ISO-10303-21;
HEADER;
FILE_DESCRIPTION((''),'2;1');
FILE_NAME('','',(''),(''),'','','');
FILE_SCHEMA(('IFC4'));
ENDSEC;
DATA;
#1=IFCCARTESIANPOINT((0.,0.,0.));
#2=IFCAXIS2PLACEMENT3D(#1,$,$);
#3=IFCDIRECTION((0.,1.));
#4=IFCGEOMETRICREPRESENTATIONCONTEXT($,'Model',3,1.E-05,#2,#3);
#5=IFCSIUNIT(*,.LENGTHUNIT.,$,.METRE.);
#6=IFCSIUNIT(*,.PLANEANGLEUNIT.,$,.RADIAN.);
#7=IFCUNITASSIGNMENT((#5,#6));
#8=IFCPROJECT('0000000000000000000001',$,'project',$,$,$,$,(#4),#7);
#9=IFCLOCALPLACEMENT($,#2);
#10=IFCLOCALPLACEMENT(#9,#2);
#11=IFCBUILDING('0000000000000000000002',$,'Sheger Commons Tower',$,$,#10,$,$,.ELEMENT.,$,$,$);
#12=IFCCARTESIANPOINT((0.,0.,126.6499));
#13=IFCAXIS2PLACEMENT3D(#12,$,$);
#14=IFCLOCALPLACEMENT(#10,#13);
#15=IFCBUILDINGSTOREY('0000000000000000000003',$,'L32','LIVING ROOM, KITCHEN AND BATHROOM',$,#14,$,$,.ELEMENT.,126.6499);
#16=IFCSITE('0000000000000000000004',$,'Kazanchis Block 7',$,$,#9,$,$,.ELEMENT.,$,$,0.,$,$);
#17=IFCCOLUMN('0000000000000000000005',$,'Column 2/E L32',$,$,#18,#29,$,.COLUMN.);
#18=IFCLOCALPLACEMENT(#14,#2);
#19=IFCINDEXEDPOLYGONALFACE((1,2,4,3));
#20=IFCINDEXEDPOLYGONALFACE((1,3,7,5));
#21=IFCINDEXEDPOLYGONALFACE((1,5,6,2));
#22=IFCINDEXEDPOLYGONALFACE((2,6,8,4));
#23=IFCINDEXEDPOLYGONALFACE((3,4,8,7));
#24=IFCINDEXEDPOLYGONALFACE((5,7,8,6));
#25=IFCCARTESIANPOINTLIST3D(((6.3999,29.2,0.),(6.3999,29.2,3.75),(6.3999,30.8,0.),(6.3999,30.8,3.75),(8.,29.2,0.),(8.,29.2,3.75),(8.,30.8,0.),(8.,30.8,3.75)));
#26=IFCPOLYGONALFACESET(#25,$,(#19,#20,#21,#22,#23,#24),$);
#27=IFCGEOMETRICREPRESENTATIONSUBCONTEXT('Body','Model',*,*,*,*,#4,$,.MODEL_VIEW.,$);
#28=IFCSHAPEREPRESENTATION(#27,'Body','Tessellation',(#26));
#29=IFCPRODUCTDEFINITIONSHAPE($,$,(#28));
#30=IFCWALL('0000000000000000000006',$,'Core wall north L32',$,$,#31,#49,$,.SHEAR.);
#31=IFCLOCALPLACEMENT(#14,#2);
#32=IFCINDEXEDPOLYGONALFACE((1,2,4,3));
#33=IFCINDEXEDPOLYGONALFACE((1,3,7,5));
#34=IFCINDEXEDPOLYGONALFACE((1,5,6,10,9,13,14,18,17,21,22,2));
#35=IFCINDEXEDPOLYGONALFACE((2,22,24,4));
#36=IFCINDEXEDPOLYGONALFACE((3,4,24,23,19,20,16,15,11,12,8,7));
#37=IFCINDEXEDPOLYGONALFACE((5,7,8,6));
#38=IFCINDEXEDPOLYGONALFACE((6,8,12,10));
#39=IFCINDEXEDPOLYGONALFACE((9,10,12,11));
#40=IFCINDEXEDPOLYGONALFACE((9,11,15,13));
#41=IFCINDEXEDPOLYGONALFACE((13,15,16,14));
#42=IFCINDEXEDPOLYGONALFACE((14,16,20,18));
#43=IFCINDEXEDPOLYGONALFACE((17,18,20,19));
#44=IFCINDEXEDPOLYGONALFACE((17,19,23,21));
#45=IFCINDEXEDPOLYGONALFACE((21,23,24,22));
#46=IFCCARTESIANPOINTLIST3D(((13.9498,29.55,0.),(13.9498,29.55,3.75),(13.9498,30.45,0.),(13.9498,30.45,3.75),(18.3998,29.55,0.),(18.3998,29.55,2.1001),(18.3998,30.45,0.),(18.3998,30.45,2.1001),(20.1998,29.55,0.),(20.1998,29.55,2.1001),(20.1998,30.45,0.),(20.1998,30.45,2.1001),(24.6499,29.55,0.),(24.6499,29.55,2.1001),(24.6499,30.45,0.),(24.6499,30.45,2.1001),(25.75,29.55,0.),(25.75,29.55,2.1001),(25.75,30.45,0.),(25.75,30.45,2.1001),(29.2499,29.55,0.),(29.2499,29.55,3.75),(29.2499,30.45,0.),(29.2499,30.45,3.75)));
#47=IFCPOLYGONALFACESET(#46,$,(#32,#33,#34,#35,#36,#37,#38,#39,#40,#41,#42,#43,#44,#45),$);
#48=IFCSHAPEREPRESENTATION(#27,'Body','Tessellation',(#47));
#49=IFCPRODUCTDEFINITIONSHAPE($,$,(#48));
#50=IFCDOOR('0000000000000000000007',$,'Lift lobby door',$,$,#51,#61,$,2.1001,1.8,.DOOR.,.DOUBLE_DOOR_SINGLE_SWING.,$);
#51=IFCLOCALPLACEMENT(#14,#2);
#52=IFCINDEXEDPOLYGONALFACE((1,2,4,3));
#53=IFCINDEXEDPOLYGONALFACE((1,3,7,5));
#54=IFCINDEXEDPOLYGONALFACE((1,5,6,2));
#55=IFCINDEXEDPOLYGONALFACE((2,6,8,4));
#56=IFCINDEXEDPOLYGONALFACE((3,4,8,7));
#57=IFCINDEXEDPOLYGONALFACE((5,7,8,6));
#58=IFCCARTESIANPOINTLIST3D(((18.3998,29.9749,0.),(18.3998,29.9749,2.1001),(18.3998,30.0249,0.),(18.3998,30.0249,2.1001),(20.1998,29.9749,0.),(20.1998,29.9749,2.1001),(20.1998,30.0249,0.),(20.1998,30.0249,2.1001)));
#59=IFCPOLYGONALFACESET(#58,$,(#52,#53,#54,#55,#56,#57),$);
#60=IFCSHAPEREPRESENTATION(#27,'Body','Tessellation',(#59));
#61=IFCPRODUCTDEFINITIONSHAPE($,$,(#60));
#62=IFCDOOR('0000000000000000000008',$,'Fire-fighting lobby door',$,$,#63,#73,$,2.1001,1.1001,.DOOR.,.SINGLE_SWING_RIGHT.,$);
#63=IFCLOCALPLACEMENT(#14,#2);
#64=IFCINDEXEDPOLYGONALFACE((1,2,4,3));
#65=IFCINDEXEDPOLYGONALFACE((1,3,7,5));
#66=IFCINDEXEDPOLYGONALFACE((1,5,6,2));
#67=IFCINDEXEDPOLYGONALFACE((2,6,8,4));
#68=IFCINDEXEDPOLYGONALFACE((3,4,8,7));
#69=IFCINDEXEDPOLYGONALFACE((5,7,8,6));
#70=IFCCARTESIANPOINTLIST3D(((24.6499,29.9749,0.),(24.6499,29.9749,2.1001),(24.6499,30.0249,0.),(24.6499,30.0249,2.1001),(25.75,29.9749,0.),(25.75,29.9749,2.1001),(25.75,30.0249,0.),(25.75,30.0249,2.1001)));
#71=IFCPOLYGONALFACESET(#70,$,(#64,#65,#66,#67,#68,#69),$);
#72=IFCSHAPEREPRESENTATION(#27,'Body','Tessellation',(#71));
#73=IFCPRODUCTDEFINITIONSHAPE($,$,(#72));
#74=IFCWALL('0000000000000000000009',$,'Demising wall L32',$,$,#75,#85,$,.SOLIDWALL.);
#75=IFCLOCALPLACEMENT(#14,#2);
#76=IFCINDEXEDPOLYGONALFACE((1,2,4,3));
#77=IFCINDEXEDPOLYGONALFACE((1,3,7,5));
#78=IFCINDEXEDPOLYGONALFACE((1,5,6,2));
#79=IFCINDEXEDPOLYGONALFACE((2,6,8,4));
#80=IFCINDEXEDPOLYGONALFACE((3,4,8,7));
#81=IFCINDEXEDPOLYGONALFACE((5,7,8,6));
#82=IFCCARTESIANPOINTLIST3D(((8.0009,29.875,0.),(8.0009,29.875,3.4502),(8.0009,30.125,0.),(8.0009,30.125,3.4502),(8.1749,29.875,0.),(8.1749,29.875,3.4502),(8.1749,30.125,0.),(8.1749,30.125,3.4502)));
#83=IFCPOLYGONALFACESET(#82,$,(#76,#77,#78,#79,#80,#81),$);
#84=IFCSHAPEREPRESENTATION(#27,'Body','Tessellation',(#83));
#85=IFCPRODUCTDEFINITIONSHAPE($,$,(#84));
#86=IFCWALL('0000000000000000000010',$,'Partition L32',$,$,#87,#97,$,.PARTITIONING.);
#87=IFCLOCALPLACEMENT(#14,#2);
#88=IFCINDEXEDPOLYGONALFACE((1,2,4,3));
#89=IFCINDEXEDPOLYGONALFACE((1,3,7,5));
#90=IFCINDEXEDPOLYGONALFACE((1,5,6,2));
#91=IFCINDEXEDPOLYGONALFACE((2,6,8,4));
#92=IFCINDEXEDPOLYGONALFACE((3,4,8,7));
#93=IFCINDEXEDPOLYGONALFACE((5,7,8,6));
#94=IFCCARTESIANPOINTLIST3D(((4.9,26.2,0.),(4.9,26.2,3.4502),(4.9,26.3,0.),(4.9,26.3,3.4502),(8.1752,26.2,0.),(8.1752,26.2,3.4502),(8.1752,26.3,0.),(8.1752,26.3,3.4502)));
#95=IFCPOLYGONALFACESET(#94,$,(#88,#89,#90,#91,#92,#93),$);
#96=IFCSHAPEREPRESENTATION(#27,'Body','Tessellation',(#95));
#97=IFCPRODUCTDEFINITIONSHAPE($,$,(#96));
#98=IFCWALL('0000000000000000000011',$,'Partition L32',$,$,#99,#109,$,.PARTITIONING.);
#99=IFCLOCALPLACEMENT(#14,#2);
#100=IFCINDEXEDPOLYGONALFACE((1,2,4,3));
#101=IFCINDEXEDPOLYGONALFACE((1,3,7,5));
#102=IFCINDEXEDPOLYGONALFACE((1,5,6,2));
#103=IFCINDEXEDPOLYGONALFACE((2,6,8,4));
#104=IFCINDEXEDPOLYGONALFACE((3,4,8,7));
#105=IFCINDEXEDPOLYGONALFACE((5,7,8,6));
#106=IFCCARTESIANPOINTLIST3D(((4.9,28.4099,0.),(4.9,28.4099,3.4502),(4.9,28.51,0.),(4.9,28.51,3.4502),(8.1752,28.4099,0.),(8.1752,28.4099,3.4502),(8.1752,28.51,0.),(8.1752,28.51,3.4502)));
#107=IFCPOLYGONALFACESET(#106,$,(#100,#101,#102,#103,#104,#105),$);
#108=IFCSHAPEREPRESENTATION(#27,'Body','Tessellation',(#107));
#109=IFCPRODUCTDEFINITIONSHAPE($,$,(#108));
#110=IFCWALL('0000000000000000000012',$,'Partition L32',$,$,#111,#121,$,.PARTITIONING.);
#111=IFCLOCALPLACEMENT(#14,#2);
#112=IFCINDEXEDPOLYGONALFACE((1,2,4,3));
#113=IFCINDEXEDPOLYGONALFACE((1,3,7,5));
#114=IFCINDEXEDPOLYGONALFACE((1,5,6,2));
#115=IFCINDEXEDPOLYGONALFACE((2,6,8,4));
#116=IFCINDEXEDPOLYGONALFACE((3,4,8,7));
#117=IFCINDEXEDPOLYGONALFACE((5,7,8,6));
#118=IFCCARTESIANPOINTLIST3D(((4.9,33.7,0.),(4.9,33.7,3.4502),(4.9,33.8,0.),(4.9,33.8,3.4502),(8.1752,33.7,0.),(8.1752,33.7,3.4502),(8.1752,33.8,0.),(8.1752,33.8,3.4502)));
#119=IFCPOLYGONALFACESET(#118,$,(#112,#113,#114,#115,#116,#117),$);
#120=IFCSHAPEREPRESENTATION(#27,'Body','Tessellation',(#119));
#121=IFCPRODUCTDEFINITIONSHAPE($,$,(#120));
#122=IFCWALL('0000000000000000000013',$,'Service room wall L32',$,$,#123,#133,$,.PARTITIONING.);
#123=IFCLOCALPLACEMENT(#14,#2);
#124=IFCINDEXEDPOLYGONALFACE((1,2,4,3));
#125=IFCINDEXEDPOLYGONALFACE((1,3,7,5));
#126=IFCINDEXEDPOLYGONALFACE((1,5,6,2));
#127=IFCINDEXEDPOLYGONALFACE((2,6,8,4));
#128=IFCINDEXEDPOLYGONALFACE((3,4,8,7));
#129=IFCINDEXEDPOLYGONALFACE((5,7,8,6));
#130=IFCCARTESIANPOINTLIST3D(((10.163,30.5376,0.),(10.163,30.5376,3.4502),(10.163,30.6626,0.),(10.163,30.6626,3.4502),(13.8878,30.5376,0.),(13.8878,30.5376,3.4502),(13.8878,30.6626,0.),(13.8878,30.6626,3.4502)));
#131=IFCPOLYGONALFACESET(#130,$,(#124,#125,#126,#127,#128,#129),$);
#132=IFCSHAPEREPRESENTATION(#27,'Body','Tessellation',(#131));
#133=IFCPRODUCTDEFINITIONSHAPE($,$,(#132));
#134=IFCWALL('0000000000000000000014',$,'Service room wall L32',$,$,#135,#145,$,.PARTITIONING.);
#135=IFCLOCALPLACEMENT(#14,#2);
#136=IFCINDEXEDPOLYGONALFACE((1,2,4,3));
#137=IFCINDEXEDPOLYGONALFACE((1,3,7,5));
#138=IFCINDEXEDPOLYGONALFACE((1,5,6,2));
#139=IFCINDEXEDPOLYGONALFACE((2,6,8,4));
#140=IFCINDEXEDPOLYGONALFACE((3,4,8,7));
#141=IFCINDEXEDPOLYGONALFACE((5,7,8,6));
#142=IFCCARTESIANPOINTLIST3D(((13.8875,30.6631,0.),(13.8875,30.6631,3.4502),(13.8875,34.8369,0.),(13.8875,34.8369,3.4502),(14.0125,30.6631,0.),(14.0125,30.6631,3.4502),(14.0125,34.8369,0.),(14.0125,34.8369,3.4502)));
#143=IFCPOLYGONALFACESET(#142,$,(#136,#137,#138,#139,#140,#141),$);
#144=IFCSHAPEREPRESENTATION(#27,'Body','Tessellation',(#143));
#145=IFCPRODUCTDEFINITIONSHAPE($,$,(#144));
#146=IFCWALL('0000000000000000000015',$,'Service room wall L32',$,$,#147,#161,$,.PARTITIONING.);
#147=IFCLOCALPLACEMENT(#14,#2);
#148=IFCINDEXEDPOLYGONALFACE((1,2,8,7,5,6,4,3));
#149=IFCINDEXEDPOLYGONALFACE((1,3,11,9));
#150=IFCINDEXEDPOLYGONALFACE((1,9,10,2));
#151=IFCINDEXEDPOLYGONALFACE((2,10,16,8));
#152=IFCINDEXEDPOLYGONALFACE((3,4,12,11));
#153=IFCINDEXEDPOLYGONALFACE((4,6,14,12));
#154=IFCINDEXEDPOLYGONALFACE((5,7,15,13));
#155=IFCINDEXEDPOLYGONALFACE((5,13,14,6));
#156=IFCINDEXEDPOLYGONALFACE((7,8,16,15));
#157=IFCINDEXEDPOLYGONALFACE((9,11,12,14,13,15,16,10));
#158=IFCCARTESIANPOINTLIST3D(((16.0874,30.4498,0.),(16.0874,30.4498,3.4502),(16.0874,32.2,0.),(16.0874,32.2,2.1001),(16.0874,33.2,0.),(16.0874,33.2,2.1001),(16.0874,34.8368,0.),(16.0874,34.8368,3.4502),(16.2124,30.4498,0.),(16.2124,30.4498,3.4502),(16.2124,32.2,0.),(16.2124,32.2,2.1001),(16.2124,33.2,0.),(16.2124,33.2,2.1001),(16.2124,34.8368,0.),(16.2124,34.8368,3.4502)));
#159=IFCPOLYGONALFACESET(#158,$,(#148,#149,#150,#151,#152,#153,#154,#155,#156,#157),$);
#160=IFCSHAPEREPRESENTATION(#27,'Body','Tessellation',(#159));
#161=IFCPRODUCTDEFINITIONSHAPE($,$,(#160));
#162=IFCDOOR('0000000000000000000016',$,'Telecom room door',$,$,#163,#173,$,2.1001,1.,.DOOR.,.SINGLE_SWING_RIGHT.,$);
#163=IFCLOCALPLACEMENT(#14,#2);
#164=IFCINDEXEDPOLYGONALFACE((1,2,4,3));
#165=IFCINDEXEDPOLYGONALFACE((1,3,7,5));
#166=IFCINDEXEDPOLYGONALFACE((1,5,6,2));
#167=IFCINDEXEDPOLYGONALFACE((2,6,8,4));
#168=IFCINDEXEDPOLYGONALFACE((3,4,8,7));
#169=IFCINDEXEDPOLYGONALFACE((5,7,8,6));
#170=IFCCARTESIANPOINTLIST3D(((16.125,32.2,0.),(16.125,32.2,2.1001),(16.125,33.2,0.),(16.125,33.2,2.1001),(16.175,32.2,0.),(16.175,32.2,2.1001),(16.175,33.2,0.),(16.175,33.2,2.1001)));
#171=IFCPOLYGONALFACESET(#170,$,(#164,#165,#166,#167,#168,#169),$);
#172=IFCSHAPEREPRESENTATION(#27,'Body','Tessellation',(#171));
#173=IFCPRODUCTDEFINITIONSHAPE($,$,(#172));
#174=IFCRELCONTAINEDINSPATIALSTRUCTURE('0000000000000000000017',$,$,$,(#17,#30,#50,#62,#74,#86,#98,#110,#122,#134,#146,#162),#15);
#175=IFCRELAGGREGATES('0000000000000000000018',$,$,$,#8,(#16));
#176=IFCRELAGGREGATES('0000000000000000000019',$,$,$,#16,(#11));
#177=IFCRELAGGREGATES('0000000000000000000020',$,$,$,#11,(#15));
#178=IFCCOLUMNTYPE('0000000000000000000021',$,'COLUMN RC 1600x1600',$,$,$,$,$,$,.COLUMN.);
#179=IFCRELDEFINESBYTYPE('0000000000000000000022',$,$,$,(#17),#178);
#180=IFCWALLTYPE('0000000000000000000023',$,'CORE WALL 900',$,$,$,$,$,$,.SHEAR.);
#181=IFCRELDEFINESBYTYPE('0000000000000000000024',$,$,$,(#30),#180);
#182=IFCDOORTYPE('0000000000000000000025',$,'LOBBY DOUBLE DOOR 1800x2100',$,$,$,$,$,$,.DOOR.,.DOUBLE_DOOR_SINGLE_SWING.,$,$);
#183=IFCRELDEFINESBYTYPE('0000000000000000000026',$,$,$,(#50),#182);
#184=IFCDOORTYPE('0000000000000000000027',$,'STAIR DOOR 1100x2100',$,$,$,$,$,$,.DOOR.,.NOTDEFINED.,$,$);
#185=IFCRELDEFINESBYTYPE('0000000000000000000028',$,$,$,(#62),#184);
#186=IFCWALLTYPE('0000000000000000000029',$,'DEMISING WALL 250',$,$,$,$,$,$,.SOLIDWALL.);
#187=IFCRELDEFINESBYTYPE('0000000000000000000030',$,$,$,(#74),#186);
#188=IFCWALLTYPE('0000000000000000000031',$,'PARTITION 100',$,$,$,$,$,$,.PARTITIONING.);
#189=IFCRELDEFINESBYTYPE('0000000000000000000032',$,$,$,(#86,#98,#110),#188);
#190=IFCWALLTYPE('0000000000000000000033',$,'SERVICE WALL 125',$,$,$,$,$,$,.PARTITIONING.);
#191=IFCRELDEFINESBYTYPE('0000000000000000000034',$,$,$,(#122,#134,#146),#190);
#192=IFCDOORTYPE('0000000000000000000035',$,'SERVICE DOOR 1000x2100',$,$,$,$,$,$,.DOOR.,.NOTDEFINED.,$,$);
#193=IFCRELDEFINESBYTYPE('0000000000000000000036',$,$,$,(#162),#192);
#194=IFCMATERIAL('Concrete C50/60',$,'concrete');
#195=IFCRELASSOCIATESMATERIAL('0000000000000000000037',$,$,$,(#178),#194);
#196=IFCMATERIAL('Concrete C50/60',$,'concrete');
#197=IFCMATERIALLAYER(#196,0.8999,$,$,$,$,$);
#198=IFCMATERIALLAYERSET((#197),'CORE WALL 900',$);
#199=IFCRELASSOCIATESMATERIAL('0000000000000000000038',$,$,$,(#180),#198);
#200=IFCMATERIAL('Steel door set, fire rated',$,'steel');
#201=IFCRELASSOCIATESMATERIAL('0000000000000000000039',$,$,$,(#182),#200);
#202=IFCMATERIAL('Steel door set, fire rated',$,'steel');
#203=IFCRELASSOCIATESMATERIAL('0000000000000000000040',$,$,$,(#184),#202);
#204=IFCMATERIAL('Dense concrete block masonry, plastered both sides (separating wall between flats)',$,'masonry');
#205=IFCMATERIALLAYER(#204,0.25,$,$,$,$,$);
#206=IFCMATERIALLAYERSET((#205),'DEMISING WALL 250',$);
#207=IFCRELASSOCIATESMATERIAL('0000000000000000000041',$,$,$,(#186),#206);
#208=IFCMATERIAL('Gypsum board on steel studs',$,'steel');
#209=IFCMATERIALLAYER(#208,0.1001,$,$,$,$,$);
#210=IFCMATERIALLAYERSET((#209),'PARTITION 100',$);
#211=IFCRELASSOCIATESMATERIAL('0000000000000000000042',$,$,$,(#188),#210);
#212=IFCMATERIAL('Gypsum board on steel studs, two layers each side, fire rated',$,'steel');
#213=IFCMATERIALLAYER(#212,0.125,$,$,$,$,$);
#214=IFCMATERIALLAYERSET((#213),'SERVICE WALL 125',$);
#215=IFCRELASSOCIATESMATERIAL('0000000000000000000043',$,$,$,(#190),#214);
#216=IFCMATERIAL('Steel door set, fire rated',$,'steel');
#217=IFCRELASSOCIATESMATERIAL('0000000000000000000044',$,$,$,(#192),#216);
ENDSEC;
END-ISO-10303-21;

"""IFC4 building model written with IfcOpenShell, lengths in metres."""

from ifc_helpers import new_model, si_unit, direction, frame, frame_2d, origin, origin_2d, place, context, subcontext, project, spatial, rectangle, extrude, material, layer, layer_set, material_profile, profile_set, type_object, element, fill, save


model = new_model("IFC4")

# Units and contexts
model_context = context("Model", 3, precision=1e-05, world=origin(), true_north=direction((0.0, 1.0)))
body_context = subcontext(model_context, "Body", "Model", "MODEL_VIEW")
ifc_project = project(units=[si_unit("LENGTHUNIT", "METRE"), si_unit("PLANEANGLEUNIT", "RADIAN")], contexts=[model_context])

# Site, building, storey
site_placement = place(None, origin())
site = spatial("IfcSite", under=ifc_project, at=site_placement, Name="Kazanchis Block 7", CompositionType="ELEMENT", RefElevation=0.0)
building_placement = place(site_placement, origin())
building = spatial("IfcBuilding", under=site, at=building_placement, Name="Sheger Commons Tower", CompositionType="ELEMENT")
storey_placement = place(building_placement, frame((0.0, 0.0, 126.6499)))
storey = spatial("IfcBuildingStorey", under=building, at=storey_placement, Name="L32", Description="LIVING ROOM, KITCHEN AND BATHROOM", CompositionType="ELEMENT", Elevation=126.6499)

# Column
ifc_material_1 = material(Name="Concrete C50/60", Category="concrete")
ifc_material_profile = material_profile(ifc_material_1, rectangle(XDim=1.6001, YDim=1.6001, at=origin_2d()), Name="RC 1600x1600")
ifc_profile_set = profile_set([ifc_material_profile], Name="Concrete C50/60")
column_type = type_object("IfcColumnType", Name="COLUMN RC 1600x1600", PredefinedType="COLUMN", material=ifc_profile_set)
column_placement = place(storey_placement, frame((7.2, 30.0, 0.0), z_axis=(0.0, 0.0, 1.0), x_axis=(1.0, 0.0, 0.0)))
element("IfcColumn", 1, at=column_placement, inside=storey, type_object=column_type, Name="Column 2/E L32", PredefinedType="COLUMN", context=body_context, shape_type="SweptSolid", body=[
    extrude(rectangle(XDim=1.6001, YDim=1.6001, at=origin_2d()), origin(), (0.0, 0.0, 1.0), 3.75),
])

# Wall, openings, doors
ifc_material_2 = material(Name="Concrete C50/60", Category="concrete")
ifc_layer_1 = layer(ifc_material_2, 0.8999)
ifc_layer_set_1 = layer_set([ifc_layer_1], Name="CORE WALL 900")
wall_type_1 = type_object("IfcWallType", Name="CORE WALL 900", PredefinedType="SHEAR", material=ifc_layer_set_1)
wall_1_placement = place(storey_placement, frame((13.95, 30.0, 0.0), z_axis=(0.0, 0.0, 1.0), x_axis=(1.0, 0.0, 0.0)))
wall_1 = element("IfcWall", 2, at=wall_1_placement, inside=storey, type_object=wall_type_1, Name="Core wall north L32", PredefinedType="SHEAR", context=body_context, shape_type="SweptSolid", body=[
    extrude(rectangle(XDim=15.3, YDim=0.8999, at=frame_2d((7.6499, 0.0))), origin(), (0.0, 0.0, 1.0), 3.75),
])
opening_1_placement = place(wall_1_placement, frame((4.45, 0.0, 0.0)))
opening_1 = element("IfcOpeningElement", 3, at=opening_1_placement, cuts=wall_1, PredefinedType="OPENING", context=body_context, shape_type="SweptSolid", body=[
    extrude(rectangle(XDim=1.8, YDim=2.1001, at=frame_2d((0.8999, 1.05))), frame((0.0, 0.46, 0.0), z_axis=(0.0, -1.0, 0.0), x_axis=(1.0, 0.0, 0.0)), (0.0, 0.0, 1.0), 0.9199),
])
opening_2_placement = place(wall_1_placement, frame((10.7, 0.0, 0.0)))
opening_2 = element("IfcOpeningElement", 4, at=opening_2_placement, cuts=wall_1, PredefinedType="OPENING", context=body_context, shape_type="SweptSolid", body=[
    extrude(rectangle(XDim=1.1001, YDim=2.1001, at=frame_2d((0.55, 1.05))), frame((0.0, 0.46, 0.0), z_axis=(0.0, -1.0, 0.0), x_axis=(1.0, 0.0, 0.0)), (0.0, 0.0, 1.0), 0.9199),
])
ifc_material_3 = material(Name="Steel door set, fire rated", Category="steel")
door_type_1 = type_object("IfcDoorType", Name="LOBBY DOUBLE DOOR 1800x2100", OperationType="DOUBLE_DOOR_SINGLE_SWING", PredefinedType="DOOR", material=ifc_material_3)
door_1_placement = place(opening_1_placement, origin())
door_1 = element("IfcDoor", 5, at=door_1_placement, inside=storey, type_object=door_type_1, Name="Lift lobby door", OperationType="DOUBLE_DOOR_SINGLE_SWING", OverallHeight=2.1001, OverallWidth=1.8, PredefinedType="DOOR", context=body_context, shape_type="SweptSolid", body=[
    extrude(rectangle(XDim=1.8, YDim=2.1001, at=frame_2d((0.8999, 1.05))), frame((0.0, 0.0249, 0.0), z_axis=(0.0, -1.0, 0.0), x_axis=(1.0, 0.0, 0.0)), (0.0, 0.0, 1.0), 0.05),
])
fill(opening_1, door_1)
ifc_material_4 = material(Name="Steel door set, fire rated", Category="steel")
door_type_2 = type_object("IfcDoorType", Name="STAIR DOOR 1100x2100", OperationType="NOTDEFINED", PredefinedType="DOOR", material=ifc_material_4)
door_2_placement = place(opening_2_placement, origin())
door_2 = element("IfcDoor", 6, at=door_2_placement, inside=storey, type_object=door_type_2, Name="Fire-fighting lobby door", OperationType="SINGLE_SWING_RIGHT", OverallHeight=2.1001, OverallWidth=1.1001, PredefinedType="DOOR", context=body_context, shape_type="SweptSolid", body=[
    extrude(rectangle(XDim=1.1001, YDim=2.1001, at=frame_2d((0.55, 1.05))), frame((0.0, 0.0249, 0.0), z_axis=(0.0, -1.0, 0.0), x_axis=(1.0, 0.0, 0.0)), (0.0, 0.0, 1.0), 0.05),
])
fill(opening_2, door_2)

# Walls
ifc_material_5 = material(Name="Dense concrete block masonry, plastered both sides (separating wall between flats)", Category="masonry")
ifc_layer_2 = layer(ifc_material_5, 0.25)
ifc_layer_set_2 = layer_set([ifc_layer_2], Name="DEMISING WALL 250")
wall_type_2 = type_object("IfcWallType", Name="DEMISING WALL 250", PredefinedType="SOLIDWALL", material=ifc_layer_set_2)
wall_2_placement = place(storey_placement, frame((8.001, 30.0, 0.0), z_axis=(0.0, 0.0, 1.0), x_axis=(1.0, 0.0, 0.0)))
element("IfcWall", 7, at=wall_2_placement, inside=storey, type_object=wall_type_2, Name="Demising wall L32", PredefinedType="SOLIDWALL", context=body_context, shape_type="SweptSolid", body=[
    extrude(rectangle(XDim=0.1741, YDim=0.25, at=frame_2d((0.0869, 0.0))), origin(), (0.0, 0.0, 1.0), 3.4502),
])
ifc_material_6 = material(Name="Gypsum board on steel studs", Category="steel")
ifc_layer_3 = layer(ifc_material_6, 0.1001)
ifc_layer_set_3 = layer_set([ifc_layer_3], Name="PARTITION 100")
wall_type_3 = type_object("IfcWallType", Name="PARTITION 100", PredefinedType="PARTITIONING", material=ifc_layer_set_3)
for number, where, z_axis, x_axis, name in (
    (8, (4.8999, 26.25, 0.0), (0.0, 0.0, 1.0), (1.0, 0.0, 0.0), "Partition L32"),
    (9, (4.8999, 28.46, 0.0), (0.0, 0.0, 1.0), (1.0, 0.0, 0.0), "Partition L32"),
    (10, (4.8999, 33.75, 0.0), (0.0, 0.0, 1.0), (1.0, 0.0, 0.0), "Partition L32"),
):
    element("IfcWall", number, at=place(storey_placement, frame(where, z_axis=z_axis, x_axis=x_axis)), inside=storey, type_object=wall_type_3, Name=name, PredefinedType="PARTITIONING", context=body_context, shape_type="SweptSolid", body=[
        extrude(rectangle(XDim=3.2751, YDim=0.1001, at=frame_2d((1.6377, 0.0))), origin(), (0.0, 0.0, 1.0), 3.4502),
    ])
ifc_material_7 = material(Name="Gypsum board on steel studs, two layers each side, fire rated", Category="steel")
ifc_layer_4 = layer(ifc_material_7, 0.125)
ifc_layer_set_4 = layer_set([ifc_layer_4], Name="SERVICE WALL 125")
wall_type_4 = type_object("IfcWallType", Name="SERVICE WALL 125", PredefinedType="PARTITIONING", material=ifc_layer_set_4)
wall_3_placement = place(storey_placement, frame((10.1631, 30.6001, 0.0), z_axis=(0.0, 0.0, 1.0), x_axis=(1.0, 0.0, 0.0)))
element("IfcWall", 11, at=wall_3_placement, inside=storey, type_object=wall_type_4, Name="Service room wall L32", PredefinedType="PARTITIONING", context=body_context, shape_type="SweptSolid", body=[
    extrude(rectangle(XDim=3.7249, YDim=0.125, at=frame_2d((1.8623, 0.0))), origin(), (0.0, 0.0, 1.0), 3.4502),
])
wall_4_placement = place(storey_placement, frame((13.95, 30.6631, 0.0), z_axis=(0.0, 0.0, 1.0), x_axis=(0.0, 1.0, 0.0)))
element("IfcWall", 12, at=wall_4_placement, inside=storey, type_object=wall_type_4, Name="Service room wall L32", PredefinedType="PARTITIONING", context=body_context, shape_type="SweptSolid", body=[
    extrude(rectangle(XDim=4.1738, YDim=0.125, at=frame_2d((2.0869, 0.0))), origin(), (0.0, 0.0, 1.0), 3.4502),
])

# Wall, opening, door
wall_5_placement = place(storey_placement, frame((16.1499, 30.45, 0.0), z_axis=(0.0, 0.0, 1.0), x_axis=(0.0, 1.0, 0.0)))
wall_5 = element("IfcWall", 13, at=wall_5_placement, inside=storey, type_object=wall_type_4, Name="Service room wall L32", PredefinedType="PARTITIONING", context=body_context, shape_type="SweptSolid", body=[
    extrude(rectangle(XDim=4.387, YDim=0.125, at=frame_2d((2.1934, 0.0))), origin(), (0.0, 0.0, 1.0), 3.4502),
])
opening_3_placement = place(wall_5_placement, frame((1.75, 0.0, 0.0)))
opening_3 = element("IfcOpeningElement", 14, at=opening_3_placement, cuts=wall_5, PredefinedType="OPENING", context=body_context, shape_type="SweptSolid", body=[
    extrude(rectangle(XDim=1.0, YDim=2.1001, at=frame_2d((0.5, 1.05))), frame((0.0, 0.0725, 0.0), z_axis=(0.0, -1.0, 0.0), x_axis=(1.0, 0.0, 0.0)), (0.0, 0.0, 1.0), 0.145),
])
ifc_material_8 = material(Name="Steel door set, fire rated", Category="steel")
door_type_3 = type_object("IfcDoorType", Name="SERVICE DOOR 1000x2100", OperationType="NOTDEFINED", PredefinedType="DOOR", material=ifc_material_8)
door_3_placement = place(opening_3_placement, origin())
door_3 = element("IfcDoor", 15, at=door_3_placement, inside=storey, type_object=door_type_3, Name="Telecom room door", OperationType="SINGLE_SWING_RIGHT", OverallHeight=2.1001, OverallWidth=1.0, PredefinedType="DOOR", context=body_context, shape_type="SweptSolid", body=[
    extrude(rectangle(XDim=1.0, YDim=2.1001, at=frame_2d((0.5, 1.05))), frame((0.0, 0.0249, 0.0), z_axis=(0.0, -1.0, 0.0), x_axis=(1.0, 0.0, 0.0)), (0.0, 0.0, 1.0), 0.05),
])
fill(opening_3, door_3)

save(model, "model.ifc")
